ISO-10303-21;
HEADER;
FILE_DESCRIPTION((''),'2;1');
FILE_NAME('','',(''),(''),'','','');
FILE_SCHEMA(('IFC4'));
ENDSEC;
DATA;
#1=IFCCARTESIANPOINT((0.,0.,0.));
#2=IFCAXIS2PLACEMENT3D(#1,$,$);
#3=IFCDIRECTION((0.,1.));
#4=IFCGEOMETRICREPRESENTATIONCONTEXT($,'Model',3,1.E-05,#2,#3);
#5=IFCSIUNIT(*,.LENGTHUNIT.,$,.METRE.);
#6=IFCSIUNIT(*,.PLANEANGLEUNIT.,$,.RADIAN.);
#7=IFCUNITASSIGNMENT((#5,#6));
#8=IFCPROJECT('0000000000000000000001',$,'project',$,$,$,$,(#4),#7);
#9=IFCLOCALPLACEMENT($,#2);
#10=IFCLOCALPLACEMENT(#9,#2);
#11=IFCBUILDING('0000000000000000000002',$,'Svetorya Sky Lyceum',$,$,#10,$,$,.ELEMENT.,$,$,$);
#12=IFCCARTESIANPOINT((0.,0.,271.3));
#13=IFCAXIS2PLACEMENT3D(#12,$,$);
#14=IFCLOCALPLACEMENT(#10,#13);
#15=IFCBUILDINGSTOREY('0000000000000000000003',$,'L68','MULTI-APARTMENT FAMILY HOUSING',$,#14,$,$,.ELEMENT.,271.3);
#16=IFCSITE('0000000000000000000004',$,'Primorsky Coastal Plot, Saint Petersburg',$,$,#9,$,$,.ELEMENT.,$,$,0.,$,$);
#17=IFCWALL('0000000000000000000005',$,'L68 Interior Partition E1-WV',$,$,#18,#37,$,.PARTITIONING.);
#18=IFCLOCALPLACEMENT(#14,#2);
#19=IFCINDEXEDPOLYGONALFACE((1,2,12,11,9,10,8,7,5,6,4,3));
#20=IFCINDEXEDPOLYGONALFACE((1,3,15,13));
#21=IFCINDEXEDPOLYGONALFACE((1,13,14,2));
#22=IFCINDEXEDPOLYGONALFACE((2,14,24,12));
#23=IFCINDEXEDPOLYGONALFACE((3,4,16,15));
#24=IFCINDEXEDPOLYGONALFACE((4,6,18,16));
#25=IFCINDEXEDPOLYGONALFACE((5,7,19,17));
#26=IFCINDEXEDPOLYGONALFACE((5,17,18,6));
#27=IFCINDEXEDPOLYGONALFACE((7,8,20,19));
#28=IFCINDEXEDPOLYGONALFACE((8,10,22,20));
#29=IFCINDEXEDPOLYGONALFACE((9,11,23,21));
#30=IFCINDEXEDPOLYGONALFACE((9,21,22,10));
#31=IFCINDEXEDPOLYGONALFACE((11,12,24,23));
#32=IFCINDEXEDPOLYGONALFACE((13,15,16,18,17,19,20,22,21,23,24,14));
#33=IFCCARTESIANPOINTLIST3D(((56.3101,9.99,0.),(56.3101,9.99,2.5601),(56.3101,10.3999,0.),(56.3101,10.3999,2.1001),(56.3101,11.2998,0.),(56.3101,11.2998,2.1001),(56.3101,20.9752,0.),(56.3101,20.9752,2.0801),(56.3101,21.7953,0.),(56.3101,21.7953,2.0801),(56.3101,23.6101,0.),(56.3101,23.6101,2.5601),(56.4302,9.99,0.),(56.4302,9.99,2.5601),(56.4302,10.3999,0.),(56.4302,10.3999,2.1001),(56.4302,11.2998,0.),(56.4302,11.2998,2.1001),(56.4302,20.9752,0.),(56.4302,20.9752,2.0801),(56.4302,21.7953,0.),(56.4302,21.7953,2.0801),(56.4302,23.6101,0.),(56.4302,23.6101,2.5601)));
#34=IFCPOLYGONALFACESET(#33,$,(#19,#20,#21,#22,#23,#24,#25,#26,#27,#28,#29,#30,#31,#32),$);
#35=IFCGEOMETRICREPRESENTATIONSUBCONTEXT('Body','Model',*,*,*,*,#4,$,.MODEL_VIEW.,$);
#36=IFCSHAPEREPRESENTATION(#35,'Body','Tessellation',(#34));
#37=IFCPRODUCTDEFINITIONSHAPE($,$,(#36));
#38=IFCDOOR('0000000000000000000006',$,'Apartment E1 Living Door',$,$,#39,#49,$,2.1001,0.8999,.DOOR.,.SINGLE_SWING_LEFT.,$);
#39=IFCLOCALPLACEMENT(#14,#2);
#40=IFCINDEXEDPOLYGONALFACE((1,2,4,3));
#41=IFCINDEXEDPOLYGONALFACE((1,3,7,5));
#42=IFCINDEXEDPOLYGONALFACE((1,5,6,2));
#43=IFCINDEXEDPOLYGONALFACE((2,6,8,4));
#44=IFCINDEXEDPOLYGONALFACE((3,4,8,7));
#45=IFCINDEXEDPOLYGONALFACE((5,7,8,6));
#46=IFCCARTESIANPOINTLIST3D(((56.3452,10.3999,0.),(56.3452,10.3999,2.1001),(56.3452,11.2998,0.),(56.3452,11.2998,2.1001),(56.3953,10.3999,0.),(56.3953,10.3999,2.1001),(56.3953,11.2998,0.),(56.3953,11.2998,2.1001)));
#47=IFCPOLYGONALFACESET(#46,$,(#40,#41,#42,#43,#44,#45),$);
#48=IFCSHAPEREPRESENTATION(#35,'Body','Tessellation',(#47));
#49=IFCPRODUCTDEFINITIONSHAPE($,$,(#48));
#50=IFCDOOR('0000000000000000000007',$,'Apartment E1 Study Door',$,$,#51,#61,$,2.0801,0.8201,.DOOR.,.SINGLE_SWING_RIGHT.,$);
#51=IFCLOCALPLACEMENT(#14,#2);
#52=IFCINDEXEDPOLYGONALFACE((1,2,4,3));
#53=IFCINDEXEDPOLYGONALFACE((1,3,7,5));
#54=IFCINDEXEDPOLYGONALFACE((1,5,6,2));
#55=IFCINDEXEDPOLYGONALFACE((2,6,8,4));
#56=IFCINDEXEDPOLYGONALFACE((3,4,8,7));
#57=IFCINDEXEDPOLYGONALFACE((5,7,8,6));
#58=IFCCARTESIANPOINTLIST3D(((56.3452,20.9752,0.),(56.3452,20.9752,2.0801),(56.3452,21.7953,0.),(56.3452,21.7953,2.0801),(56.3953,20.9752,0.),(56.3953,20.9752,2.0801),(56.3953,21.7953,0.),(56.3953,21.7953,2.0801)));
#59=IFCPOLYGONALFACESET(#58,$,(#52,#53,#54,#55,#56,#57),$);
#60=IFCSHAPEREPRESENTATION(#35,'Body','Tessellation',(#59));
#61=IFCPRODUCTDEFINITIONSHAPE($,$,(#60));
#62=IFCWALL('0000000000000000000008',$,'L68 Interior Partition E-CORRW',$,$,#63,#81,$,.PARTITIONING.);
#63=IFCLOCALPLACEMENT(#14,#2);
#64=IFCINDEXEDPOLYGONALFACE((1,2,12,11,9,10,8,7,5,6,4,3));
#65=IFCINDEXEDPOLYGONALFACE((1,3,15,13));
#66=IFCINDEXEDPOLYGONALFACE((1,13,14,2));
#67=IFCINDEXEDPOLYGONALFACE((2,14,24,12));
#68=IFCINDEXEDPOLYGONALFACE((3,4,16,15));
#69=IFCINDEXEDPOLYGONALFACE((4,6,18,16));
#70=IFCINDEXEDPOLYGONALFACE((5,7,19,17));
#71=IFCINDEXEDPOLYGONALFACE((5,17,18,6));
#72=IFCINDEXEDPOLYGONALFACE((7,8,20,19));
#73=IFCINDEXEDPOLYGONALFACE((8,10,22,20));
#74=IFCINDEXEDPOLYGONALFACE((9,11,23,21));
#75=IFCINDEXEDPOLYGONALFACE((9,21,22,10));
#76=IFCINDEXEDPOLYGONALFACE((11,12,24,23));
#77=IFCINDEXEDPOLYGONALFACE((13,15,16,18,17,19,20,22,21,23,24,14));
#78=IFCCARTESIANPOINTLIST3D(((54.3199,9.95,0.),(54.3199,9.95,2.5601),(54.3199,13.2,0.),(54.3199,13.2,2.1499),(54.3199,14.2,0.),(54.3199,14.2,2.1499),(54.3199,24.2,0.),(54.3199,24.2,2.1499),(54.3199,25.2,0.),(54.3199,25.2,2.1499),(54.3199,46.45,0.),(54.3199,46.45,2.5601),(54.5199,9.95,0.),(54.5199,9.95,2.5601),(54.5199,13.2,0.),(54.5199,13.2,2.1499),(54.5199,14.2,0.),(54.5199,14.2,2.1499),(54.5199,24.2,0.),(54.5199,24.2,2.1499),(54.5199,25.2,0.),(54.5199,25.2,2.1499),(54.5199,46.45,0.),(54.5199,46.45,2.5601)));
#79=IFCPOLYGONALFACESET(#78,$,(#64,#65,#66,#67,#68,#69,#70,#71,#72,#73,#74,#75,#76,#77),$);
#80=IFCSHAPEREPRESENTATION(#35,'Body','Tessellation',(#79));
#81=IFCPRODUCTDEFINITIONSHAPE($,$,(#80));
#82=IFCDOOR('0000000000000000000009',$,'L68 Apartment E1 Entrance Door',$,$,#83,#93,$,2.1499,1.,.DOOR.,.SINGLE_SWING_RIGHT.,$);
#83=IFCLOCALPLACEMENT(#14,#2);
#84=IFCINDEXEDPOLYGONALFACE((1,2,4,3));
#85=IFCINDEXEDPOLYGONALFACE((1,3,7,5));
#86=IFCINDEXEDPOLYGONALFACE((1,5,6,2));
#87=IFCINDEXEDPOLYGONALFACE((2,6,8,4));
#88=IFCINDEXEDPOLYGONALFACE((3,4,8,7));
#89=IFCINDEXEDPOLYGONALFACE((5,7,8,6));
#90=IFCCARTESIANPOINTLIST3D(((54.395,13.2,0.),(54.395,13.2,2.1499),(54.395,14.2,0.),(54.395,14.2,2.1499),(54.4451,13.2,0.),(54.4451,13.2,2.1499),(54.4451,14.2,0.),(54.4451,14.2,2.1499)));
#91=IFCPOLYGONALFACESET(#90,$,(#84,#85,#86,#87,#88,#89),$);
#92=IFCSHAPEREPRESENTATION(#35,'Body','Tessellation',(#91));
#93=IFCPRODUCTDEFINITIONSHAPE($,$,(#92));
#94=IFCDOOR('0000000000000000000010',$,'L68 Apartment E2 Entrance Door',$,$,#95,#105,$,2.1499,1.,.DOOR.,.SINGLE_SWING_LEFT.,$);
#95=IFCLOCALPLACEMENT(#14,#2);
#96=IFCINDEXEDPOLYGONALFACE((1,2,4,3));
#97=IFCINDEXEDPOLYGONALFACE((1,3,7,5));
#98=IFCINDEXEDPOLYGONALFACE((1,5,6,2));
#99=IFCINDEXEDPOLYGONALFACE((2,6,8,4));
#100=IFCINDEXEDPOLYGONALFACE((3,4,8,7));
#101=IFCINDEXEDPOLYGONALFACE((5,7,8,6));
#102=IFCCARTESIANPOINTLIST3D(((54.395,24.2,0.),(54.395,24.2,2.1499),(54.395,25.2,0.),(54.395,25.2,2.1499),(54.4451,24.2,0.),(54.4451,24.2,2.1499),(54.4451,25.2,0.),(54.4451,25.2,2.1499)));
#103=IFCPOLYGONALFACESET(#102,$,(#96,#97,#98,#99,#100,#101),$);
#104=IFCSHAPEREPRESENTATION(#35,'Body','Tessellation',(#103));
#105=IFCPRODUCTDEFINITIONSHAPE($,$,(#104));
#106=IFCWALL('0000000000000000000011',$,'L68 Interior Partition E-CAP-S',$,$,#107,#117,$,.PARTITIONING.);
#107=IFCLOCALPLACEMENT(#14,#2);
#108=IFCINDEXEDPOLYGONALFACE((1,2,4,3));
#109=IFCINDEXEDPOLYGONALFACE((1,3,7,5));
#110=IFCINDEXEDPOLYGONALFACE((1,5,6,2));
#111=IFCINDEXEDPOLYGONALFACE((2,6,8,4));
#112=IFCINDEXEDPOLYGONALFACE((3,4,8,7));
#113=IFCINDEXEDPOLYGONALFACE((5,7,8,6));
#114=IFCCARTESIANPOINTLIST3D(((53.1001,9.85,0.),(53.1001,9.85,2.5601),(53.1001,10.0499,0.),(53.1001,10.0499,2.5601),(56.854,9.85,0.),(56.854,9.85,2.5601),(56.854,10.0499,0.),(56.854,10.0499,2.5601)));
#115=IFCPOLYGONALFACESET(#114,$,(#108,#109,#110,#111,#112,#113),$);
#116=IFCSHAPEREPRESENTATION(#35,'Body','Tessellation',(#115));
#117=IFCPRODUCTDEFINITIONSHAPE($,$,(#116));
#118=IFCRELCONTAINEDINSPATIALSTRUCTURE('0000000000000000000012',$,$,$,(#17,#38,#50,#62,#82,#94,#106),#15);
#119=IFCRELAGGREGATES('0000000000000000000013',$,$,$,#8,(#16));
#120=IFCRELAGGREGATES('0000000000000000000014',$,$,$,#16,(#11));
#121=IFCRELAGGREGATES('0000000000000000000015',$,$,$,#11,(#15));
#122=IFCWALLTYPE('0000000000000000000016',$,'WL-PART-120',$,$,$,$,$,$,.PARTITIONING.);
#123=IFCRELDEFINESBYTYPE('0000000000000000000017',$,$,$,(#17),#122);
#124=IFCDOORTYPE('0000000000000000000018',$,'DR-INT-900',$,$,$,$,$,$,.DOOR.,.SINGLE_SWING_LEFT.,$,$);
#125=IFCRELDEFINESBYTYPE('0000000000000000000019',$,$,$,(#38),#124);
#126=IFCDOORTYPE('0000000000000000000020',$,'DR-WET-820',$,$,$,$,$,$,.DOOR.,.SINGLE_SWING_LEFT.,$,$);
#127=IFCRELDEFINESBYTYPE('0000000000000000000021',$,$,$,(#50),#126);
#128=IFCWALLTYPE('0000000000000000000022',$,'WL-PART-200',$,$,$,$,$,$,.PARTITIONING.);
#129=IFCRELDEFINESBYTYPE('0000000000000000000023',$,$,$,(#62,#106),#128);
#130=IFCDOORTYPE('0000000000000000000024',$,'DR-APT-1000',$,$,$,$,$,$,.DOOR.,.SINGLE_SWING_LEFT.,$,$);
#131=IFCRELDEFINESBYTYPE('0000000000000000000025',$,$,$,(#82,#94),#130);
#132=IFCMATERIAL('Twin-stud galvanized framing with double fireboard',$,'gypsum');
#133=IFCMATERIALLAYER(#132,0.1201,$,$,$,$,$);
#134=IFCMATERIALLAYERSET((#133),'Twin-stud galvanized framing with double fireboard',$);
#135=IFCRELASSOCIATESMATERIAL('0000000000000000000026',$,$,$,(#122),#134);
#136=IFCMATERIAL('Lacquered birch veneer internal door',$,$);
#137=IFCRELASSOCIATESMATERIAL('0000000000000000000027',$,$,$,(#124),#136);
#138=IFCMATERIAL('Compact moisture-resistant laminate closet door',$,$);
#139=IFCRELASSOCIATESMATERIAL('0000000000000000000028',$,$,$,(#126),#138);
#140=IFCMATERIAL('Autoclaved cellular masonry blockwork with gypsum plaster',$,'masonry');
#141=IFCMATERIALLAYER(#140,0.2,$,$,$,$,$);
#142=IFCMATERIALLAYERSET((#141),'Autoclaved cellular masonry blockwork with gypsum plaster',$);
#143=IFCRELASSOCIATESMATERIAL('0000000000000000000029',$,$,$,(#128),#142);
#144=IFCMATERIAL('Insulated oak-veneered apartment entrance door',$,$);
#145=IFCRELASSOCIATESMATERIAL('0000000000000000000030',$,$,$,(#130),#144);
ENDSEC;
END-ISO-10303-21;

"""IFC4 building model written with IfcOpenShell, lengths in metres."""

from ifc_helpers import new_model, si_unit, direction, frame, frame_2d, origin, place, context, subcontext, project, spatial, rectangle, extrude, material, layer, layer_set, type_object, element, fill, save


model = new_model("IFC4")

# Units and contexts
model_context = context("Model", 3, precision=1e-05, world=origin(), true_north=direction((0.0, 1.0)))
body_context = subcontext(model_context, "Body", "Model", "MODEL_VIEW")
ifc_project = project(units=[si_unit("LENGTHUNIT", "METRE"), si_unit("PLANEANGLEUNIT", "RADIAN")], contexts=[model_context])

# Site, building, storey
site_placement = place(None, origin())
site = spatial("IfcSite", under=ifc_project, at=site_placement, Name="Primorsky Coastal Plot, Saint Petersburg", CompositionType="ELEMENT", RefElevation=0.0)
building_placement = place(site_placement, origin())
building = spatial("IfcBuilding", under=site, at=building_placement, Name="Svetorya Sky Lyceum", CompositionType="ELEMENT")
storey_placement = place(building_placement, frame((0.0, 0.0, 271.3)))
storey = spatial("IfcBuildingStorey", under=building, at=storey_placement, Name="L68", Description="MULTI-APARTMENT FAMILY HOUSING", CompositionType="ELEMENT", Elevation=271.3)

# Walls, openings, doors
ifc_material_1 = material(Name="Twin-stud galvanized framing with double fireboard", Category="gypsum")
ifc_layer_1 = layer(ifc_material_1, 0.1201)
ifc_layer_set_1 = layer_set([ifc_layer_1], Name="Twin-stud galvanized framing with double fireboard")
wall_type_1 = type_object("IfcWallType", Name="WL-PART-120", PredefinedType="PARTITIONING", material=ifc_layer_set_1)
wall_1_placement = place(storey_placement, frame((56.3701, 9.99, 0.0), z_axis=(0.0, 0.0, 1.0), x_axis=(0.0, 1.0, 0.0)))
wall_1 = element("IfcWall", 1, at=wall_1_placement, inside=storey, type_object=wall_type_1, Name="L68 Interior Partition E1-WV", PredefinedType="PARTITIONING", context=body_context, shape_type="SweptSolid", body=[
    extrude(rectangle(XDim=13.6201, YDim=0.1201, at=frame_2d((6.8101, 0.0))), origin(), (0.0, 0.0, 1.0), 2.5601),
])
opening_1_placement = place(wall_1_placement, frame((0.4099, 0.0, 0.0)))
opening_1 = element("IfcOpeningElement", 2, at=opening_1_placement, cuts=wall_1, PredefinedType="OPENING", context=body_context, shape_type="SweptSolid", body=[
    extrude(rectangle(XDim=0.8999, YDim=2.1001, at=frame_2d((0.45, 1.05))), frame((0.0, 0.0701, 0.0), z_axis=(0.0, -1.0, 0.0), x_axis=(1.0, 0.0, 0.0)), (0.0, 0.0, 1.0), 0.1401),
])
opening_2_placement = place(wall_1_placement, frame((10.9851, 0.0, 0.0)))
opening_2 = element("IfcOpeningElement", 3, at=opening_2_placement, cuts=wall_1, PredefinedType="OPENING", context=body_context, shape_type="SweptSolid", body=[
    extrude(rectangle(XDim=0.8201, YDim=2.0801, at=frame_2d((0.4102, 1.04))), frame((0.0, 0.0701, 0.0), z_axis=(0.0, -1.0, 0.0), x_axis=(1.0, 0.0, 0.0)), (0.0, 0.0, 1.0), 0.1401),
])
ifc_material_2 = material(Name="Lacquered birch veneer internal door")
door_type_1 = type_object("IfcDoorType", Name="DR-INT-900", OperationType="SINGLE_SWING_LEFT", PredefinedType="DOOR", material=ifc_material_2)
door_1_placement = place(opening_1_placement, origin())
door_1 = element("IfcDoor", 4, at=door_1_placement, inside=storey, type_object=door_type_1, Name="Apartment E1 Living Door", OperationType="SINGLE_SWING_LEFT", OverallHeight=2.1001, OverallWidth=0.8999, PredefinedType="DOOR", context=body_context, shape_type="SweptSolid", body=[
    extrude(rectangle(XDim=0.8999, YDim=2.1001, at=frame_2d((0.45, 1.05))), frame((0.0, 0.0249, 0.0), z_axis=(0.0, -1.0, 0.0), x_axis=(1.0, 0.0, 0.0)), (0.0, 0.0, 1.0), 0.05),
])
fill(opening_1, door_1)
ifc_material_3 = material(Name="Compact moisture-resistant laminate closet door")
door_type_2 = type_object("IfcDoorType", Name="DR-WET-820", OperationType="SINGLE_SWING_LEFT", PredefinedType="DOOR", material=ifc_material_3)
door_2_placement = place(opening_2_placement, origin())
door_2 = element("IfcDoor", 5, at=door_2_placement, inside=storey, type_object=door_type_2, Name="Apartment E1 Study Door", OperationType="SINGLE_SWING_RIGHT", OverallHeight=2.0801, OverallWidth=0.8201, PredefinedType="DOOR", context=body_context, shape_type="SweptSolid", body=[
    extrude(rectangle(XDim=0.8201, YDim=2.0801, at=frame_2d((0.4102, 1.04))), frame((0.0, 0.0249, 0.0), z_axis=(0.0, -1.0, 0.0), x_axis=(1.0, 0.0, 0.0)), (0.0, 0.0, 1.0), 0.05),
])
fill(opening_2, door_2)
ifc_material_4 = material(Name="Autoclaved cellular masonry blockwork with gypsum plaster", Category="masonry")
ifc_layer_2 = layer(ifc_material_4, 0.2)
ifc_layer_set_2 = layer_set([ifc_layer_2], Name="Autoclaved cellular masonry blockwork with gypsum plaster")
wall_type_2 = type_object("IfcWallType", Name="WL-PART-200", PredefinedType="PARTITIONING", material=ifc_layer_set_2)
wall_2_placement = place(storey_placement, frame((54.4199, 9.95, 0.0), z_axis=(0.0, 0.0, 1.0), x_axis=(0.0, 1.0, 0.0)))
wall_2 = element("IfcWall", 6, at=wall_2_placement, inside=storey, type_object=wall_type_2, Name="L68 Interior Partition E-CORRW", PredefinedType="PARTITIONING", context=body_context, shape_type="SweptSolid", body=[
    extrude(rectangle(XDim=36.5, YDim=0.2, at=frame_2d((18.25, 0.0))), origin(), (0.0, 0.0, 1.0), 2.5601),
])
opening_3_placement = place(wall_2_placement, frame((3.25, 0.0, 0.0)))
opening_3 = element("IfcOpeningElement", 7, at=opening_3_placement, cuts=wall_2, PredefinedType="OPENING", context=body_context, shape_type="SweptSolid", body=[
    extrude(rectangle(XDim=1.0, YDim=2.1499, at=frame_2d((0.5, 1.075))), frame((0.0, 0.1099, 0.0), z_axis=(0.0, -1.0, 0.0), x_axis=(1.0, 0.0, 0.0)), (0.0, 0.0, 1.0), 0.22),
])
opening_4_placement = place(wall_2_placement, frame((14.25, 0.0, 0.0)))
opening_4 = element("IfcOpeningElement", 8, at=opening_4_placement, cuts=wall_2, PredefinedType="OPENING", context=body_context, shape_type="SweptSolid", body=[
    extrude(rectangle(XDim=1.0, YDim=2.1499, at=frame_2d((0.5, 1.075))), frame((0.0, 0.1099, 0.0), z_axis=(0.0, -1.0, 0.0), x_axis=(1.0, 0.0, 0.0)), (0.0, 0.0, 1.0), 0.22),
])
ifc_material_5 = material(Name="Insulated oak-veneered apartment entrance door")
door_type_3 = type_object("IfcDoorType", Name="DR-APT-1000", OperationType="SINGLE_SWING_LEFT", PredefinedType="DOOR", material=ifc_material_5)
door_3_placement = place(opening_3_placement, origin())
door_3 = element("IfcDoor", 9, at=door_3_placement, inside=storey, type_object=door_type_3, Name="L68 Apartment E1 Entrance Door", OperationType="SINGLE_SWING_RIGHT", OverallHeight=2.1499, OverallWidth=1.0, PredefinedType="DOOR", context=body_context, shape_type="SweptSolid", body=[
    extrude(rectangle(XDim=1.0, YDim=2.1499, at=frame_2d((0.5, 1.075))), frame((0.0, 0.0249, 0.0), z_axis=(0.0, -1.0, 0.0), x_axis=(1.0, 0.0, 0.0)), (0.0, 0.0, 1.0), 0.05),
])
fill(opening_3, door_3)
door_4_placement = place(opening_4_placement, origin())
door_4 = element("IfcDoor", 10, at=door_4_placement, inside=storey, type_object=door_type_3, Name="L68 Apartment E2 Entrance Door", OperationType="SINGLE_SWING_LEFT", OverallHeight=2.1499, OverallWidth=1.0, PredefinedType="DOOR", context=body_context, shape_type="SweptSolid", body=[
    extrude(rectangle(XDim=1.0, YDim=2.1499, at=frame_2d((0.5, 1.075))), frame((0.0, 0.0249, 0.0), z_axis=(0.0, -1.0, 0.0), x_axis=(1.0, 0.0, 0.0)), (0.0, 0.0, 1.0), 0.05),
])
fill(opening_4, door_4)

# Wall
wall_3_placement = place(storey_placement, frame((53.1001, 9.95, 0.0), z_axis=(0.0, 0.0, 1.0), x_axis=(1.0, 0.0, 0.0)))
element("IfcWall", 11, at=wall_3_placement, inside=storey, type_object=wall_type_2, Name="L68 Interior Partition E-CAP-S", PredefinedType="PARTITIONING", context=body_context, shape_type="SweptSolid", body=[
    extrude(rectangle(XDim=3.7539, YDim=0.2, at=frame_2d((1.877, 0.0))), origin(), (0.0, 0.0, 1.0), 2.5601),
])

save(model, "model.ifc")
